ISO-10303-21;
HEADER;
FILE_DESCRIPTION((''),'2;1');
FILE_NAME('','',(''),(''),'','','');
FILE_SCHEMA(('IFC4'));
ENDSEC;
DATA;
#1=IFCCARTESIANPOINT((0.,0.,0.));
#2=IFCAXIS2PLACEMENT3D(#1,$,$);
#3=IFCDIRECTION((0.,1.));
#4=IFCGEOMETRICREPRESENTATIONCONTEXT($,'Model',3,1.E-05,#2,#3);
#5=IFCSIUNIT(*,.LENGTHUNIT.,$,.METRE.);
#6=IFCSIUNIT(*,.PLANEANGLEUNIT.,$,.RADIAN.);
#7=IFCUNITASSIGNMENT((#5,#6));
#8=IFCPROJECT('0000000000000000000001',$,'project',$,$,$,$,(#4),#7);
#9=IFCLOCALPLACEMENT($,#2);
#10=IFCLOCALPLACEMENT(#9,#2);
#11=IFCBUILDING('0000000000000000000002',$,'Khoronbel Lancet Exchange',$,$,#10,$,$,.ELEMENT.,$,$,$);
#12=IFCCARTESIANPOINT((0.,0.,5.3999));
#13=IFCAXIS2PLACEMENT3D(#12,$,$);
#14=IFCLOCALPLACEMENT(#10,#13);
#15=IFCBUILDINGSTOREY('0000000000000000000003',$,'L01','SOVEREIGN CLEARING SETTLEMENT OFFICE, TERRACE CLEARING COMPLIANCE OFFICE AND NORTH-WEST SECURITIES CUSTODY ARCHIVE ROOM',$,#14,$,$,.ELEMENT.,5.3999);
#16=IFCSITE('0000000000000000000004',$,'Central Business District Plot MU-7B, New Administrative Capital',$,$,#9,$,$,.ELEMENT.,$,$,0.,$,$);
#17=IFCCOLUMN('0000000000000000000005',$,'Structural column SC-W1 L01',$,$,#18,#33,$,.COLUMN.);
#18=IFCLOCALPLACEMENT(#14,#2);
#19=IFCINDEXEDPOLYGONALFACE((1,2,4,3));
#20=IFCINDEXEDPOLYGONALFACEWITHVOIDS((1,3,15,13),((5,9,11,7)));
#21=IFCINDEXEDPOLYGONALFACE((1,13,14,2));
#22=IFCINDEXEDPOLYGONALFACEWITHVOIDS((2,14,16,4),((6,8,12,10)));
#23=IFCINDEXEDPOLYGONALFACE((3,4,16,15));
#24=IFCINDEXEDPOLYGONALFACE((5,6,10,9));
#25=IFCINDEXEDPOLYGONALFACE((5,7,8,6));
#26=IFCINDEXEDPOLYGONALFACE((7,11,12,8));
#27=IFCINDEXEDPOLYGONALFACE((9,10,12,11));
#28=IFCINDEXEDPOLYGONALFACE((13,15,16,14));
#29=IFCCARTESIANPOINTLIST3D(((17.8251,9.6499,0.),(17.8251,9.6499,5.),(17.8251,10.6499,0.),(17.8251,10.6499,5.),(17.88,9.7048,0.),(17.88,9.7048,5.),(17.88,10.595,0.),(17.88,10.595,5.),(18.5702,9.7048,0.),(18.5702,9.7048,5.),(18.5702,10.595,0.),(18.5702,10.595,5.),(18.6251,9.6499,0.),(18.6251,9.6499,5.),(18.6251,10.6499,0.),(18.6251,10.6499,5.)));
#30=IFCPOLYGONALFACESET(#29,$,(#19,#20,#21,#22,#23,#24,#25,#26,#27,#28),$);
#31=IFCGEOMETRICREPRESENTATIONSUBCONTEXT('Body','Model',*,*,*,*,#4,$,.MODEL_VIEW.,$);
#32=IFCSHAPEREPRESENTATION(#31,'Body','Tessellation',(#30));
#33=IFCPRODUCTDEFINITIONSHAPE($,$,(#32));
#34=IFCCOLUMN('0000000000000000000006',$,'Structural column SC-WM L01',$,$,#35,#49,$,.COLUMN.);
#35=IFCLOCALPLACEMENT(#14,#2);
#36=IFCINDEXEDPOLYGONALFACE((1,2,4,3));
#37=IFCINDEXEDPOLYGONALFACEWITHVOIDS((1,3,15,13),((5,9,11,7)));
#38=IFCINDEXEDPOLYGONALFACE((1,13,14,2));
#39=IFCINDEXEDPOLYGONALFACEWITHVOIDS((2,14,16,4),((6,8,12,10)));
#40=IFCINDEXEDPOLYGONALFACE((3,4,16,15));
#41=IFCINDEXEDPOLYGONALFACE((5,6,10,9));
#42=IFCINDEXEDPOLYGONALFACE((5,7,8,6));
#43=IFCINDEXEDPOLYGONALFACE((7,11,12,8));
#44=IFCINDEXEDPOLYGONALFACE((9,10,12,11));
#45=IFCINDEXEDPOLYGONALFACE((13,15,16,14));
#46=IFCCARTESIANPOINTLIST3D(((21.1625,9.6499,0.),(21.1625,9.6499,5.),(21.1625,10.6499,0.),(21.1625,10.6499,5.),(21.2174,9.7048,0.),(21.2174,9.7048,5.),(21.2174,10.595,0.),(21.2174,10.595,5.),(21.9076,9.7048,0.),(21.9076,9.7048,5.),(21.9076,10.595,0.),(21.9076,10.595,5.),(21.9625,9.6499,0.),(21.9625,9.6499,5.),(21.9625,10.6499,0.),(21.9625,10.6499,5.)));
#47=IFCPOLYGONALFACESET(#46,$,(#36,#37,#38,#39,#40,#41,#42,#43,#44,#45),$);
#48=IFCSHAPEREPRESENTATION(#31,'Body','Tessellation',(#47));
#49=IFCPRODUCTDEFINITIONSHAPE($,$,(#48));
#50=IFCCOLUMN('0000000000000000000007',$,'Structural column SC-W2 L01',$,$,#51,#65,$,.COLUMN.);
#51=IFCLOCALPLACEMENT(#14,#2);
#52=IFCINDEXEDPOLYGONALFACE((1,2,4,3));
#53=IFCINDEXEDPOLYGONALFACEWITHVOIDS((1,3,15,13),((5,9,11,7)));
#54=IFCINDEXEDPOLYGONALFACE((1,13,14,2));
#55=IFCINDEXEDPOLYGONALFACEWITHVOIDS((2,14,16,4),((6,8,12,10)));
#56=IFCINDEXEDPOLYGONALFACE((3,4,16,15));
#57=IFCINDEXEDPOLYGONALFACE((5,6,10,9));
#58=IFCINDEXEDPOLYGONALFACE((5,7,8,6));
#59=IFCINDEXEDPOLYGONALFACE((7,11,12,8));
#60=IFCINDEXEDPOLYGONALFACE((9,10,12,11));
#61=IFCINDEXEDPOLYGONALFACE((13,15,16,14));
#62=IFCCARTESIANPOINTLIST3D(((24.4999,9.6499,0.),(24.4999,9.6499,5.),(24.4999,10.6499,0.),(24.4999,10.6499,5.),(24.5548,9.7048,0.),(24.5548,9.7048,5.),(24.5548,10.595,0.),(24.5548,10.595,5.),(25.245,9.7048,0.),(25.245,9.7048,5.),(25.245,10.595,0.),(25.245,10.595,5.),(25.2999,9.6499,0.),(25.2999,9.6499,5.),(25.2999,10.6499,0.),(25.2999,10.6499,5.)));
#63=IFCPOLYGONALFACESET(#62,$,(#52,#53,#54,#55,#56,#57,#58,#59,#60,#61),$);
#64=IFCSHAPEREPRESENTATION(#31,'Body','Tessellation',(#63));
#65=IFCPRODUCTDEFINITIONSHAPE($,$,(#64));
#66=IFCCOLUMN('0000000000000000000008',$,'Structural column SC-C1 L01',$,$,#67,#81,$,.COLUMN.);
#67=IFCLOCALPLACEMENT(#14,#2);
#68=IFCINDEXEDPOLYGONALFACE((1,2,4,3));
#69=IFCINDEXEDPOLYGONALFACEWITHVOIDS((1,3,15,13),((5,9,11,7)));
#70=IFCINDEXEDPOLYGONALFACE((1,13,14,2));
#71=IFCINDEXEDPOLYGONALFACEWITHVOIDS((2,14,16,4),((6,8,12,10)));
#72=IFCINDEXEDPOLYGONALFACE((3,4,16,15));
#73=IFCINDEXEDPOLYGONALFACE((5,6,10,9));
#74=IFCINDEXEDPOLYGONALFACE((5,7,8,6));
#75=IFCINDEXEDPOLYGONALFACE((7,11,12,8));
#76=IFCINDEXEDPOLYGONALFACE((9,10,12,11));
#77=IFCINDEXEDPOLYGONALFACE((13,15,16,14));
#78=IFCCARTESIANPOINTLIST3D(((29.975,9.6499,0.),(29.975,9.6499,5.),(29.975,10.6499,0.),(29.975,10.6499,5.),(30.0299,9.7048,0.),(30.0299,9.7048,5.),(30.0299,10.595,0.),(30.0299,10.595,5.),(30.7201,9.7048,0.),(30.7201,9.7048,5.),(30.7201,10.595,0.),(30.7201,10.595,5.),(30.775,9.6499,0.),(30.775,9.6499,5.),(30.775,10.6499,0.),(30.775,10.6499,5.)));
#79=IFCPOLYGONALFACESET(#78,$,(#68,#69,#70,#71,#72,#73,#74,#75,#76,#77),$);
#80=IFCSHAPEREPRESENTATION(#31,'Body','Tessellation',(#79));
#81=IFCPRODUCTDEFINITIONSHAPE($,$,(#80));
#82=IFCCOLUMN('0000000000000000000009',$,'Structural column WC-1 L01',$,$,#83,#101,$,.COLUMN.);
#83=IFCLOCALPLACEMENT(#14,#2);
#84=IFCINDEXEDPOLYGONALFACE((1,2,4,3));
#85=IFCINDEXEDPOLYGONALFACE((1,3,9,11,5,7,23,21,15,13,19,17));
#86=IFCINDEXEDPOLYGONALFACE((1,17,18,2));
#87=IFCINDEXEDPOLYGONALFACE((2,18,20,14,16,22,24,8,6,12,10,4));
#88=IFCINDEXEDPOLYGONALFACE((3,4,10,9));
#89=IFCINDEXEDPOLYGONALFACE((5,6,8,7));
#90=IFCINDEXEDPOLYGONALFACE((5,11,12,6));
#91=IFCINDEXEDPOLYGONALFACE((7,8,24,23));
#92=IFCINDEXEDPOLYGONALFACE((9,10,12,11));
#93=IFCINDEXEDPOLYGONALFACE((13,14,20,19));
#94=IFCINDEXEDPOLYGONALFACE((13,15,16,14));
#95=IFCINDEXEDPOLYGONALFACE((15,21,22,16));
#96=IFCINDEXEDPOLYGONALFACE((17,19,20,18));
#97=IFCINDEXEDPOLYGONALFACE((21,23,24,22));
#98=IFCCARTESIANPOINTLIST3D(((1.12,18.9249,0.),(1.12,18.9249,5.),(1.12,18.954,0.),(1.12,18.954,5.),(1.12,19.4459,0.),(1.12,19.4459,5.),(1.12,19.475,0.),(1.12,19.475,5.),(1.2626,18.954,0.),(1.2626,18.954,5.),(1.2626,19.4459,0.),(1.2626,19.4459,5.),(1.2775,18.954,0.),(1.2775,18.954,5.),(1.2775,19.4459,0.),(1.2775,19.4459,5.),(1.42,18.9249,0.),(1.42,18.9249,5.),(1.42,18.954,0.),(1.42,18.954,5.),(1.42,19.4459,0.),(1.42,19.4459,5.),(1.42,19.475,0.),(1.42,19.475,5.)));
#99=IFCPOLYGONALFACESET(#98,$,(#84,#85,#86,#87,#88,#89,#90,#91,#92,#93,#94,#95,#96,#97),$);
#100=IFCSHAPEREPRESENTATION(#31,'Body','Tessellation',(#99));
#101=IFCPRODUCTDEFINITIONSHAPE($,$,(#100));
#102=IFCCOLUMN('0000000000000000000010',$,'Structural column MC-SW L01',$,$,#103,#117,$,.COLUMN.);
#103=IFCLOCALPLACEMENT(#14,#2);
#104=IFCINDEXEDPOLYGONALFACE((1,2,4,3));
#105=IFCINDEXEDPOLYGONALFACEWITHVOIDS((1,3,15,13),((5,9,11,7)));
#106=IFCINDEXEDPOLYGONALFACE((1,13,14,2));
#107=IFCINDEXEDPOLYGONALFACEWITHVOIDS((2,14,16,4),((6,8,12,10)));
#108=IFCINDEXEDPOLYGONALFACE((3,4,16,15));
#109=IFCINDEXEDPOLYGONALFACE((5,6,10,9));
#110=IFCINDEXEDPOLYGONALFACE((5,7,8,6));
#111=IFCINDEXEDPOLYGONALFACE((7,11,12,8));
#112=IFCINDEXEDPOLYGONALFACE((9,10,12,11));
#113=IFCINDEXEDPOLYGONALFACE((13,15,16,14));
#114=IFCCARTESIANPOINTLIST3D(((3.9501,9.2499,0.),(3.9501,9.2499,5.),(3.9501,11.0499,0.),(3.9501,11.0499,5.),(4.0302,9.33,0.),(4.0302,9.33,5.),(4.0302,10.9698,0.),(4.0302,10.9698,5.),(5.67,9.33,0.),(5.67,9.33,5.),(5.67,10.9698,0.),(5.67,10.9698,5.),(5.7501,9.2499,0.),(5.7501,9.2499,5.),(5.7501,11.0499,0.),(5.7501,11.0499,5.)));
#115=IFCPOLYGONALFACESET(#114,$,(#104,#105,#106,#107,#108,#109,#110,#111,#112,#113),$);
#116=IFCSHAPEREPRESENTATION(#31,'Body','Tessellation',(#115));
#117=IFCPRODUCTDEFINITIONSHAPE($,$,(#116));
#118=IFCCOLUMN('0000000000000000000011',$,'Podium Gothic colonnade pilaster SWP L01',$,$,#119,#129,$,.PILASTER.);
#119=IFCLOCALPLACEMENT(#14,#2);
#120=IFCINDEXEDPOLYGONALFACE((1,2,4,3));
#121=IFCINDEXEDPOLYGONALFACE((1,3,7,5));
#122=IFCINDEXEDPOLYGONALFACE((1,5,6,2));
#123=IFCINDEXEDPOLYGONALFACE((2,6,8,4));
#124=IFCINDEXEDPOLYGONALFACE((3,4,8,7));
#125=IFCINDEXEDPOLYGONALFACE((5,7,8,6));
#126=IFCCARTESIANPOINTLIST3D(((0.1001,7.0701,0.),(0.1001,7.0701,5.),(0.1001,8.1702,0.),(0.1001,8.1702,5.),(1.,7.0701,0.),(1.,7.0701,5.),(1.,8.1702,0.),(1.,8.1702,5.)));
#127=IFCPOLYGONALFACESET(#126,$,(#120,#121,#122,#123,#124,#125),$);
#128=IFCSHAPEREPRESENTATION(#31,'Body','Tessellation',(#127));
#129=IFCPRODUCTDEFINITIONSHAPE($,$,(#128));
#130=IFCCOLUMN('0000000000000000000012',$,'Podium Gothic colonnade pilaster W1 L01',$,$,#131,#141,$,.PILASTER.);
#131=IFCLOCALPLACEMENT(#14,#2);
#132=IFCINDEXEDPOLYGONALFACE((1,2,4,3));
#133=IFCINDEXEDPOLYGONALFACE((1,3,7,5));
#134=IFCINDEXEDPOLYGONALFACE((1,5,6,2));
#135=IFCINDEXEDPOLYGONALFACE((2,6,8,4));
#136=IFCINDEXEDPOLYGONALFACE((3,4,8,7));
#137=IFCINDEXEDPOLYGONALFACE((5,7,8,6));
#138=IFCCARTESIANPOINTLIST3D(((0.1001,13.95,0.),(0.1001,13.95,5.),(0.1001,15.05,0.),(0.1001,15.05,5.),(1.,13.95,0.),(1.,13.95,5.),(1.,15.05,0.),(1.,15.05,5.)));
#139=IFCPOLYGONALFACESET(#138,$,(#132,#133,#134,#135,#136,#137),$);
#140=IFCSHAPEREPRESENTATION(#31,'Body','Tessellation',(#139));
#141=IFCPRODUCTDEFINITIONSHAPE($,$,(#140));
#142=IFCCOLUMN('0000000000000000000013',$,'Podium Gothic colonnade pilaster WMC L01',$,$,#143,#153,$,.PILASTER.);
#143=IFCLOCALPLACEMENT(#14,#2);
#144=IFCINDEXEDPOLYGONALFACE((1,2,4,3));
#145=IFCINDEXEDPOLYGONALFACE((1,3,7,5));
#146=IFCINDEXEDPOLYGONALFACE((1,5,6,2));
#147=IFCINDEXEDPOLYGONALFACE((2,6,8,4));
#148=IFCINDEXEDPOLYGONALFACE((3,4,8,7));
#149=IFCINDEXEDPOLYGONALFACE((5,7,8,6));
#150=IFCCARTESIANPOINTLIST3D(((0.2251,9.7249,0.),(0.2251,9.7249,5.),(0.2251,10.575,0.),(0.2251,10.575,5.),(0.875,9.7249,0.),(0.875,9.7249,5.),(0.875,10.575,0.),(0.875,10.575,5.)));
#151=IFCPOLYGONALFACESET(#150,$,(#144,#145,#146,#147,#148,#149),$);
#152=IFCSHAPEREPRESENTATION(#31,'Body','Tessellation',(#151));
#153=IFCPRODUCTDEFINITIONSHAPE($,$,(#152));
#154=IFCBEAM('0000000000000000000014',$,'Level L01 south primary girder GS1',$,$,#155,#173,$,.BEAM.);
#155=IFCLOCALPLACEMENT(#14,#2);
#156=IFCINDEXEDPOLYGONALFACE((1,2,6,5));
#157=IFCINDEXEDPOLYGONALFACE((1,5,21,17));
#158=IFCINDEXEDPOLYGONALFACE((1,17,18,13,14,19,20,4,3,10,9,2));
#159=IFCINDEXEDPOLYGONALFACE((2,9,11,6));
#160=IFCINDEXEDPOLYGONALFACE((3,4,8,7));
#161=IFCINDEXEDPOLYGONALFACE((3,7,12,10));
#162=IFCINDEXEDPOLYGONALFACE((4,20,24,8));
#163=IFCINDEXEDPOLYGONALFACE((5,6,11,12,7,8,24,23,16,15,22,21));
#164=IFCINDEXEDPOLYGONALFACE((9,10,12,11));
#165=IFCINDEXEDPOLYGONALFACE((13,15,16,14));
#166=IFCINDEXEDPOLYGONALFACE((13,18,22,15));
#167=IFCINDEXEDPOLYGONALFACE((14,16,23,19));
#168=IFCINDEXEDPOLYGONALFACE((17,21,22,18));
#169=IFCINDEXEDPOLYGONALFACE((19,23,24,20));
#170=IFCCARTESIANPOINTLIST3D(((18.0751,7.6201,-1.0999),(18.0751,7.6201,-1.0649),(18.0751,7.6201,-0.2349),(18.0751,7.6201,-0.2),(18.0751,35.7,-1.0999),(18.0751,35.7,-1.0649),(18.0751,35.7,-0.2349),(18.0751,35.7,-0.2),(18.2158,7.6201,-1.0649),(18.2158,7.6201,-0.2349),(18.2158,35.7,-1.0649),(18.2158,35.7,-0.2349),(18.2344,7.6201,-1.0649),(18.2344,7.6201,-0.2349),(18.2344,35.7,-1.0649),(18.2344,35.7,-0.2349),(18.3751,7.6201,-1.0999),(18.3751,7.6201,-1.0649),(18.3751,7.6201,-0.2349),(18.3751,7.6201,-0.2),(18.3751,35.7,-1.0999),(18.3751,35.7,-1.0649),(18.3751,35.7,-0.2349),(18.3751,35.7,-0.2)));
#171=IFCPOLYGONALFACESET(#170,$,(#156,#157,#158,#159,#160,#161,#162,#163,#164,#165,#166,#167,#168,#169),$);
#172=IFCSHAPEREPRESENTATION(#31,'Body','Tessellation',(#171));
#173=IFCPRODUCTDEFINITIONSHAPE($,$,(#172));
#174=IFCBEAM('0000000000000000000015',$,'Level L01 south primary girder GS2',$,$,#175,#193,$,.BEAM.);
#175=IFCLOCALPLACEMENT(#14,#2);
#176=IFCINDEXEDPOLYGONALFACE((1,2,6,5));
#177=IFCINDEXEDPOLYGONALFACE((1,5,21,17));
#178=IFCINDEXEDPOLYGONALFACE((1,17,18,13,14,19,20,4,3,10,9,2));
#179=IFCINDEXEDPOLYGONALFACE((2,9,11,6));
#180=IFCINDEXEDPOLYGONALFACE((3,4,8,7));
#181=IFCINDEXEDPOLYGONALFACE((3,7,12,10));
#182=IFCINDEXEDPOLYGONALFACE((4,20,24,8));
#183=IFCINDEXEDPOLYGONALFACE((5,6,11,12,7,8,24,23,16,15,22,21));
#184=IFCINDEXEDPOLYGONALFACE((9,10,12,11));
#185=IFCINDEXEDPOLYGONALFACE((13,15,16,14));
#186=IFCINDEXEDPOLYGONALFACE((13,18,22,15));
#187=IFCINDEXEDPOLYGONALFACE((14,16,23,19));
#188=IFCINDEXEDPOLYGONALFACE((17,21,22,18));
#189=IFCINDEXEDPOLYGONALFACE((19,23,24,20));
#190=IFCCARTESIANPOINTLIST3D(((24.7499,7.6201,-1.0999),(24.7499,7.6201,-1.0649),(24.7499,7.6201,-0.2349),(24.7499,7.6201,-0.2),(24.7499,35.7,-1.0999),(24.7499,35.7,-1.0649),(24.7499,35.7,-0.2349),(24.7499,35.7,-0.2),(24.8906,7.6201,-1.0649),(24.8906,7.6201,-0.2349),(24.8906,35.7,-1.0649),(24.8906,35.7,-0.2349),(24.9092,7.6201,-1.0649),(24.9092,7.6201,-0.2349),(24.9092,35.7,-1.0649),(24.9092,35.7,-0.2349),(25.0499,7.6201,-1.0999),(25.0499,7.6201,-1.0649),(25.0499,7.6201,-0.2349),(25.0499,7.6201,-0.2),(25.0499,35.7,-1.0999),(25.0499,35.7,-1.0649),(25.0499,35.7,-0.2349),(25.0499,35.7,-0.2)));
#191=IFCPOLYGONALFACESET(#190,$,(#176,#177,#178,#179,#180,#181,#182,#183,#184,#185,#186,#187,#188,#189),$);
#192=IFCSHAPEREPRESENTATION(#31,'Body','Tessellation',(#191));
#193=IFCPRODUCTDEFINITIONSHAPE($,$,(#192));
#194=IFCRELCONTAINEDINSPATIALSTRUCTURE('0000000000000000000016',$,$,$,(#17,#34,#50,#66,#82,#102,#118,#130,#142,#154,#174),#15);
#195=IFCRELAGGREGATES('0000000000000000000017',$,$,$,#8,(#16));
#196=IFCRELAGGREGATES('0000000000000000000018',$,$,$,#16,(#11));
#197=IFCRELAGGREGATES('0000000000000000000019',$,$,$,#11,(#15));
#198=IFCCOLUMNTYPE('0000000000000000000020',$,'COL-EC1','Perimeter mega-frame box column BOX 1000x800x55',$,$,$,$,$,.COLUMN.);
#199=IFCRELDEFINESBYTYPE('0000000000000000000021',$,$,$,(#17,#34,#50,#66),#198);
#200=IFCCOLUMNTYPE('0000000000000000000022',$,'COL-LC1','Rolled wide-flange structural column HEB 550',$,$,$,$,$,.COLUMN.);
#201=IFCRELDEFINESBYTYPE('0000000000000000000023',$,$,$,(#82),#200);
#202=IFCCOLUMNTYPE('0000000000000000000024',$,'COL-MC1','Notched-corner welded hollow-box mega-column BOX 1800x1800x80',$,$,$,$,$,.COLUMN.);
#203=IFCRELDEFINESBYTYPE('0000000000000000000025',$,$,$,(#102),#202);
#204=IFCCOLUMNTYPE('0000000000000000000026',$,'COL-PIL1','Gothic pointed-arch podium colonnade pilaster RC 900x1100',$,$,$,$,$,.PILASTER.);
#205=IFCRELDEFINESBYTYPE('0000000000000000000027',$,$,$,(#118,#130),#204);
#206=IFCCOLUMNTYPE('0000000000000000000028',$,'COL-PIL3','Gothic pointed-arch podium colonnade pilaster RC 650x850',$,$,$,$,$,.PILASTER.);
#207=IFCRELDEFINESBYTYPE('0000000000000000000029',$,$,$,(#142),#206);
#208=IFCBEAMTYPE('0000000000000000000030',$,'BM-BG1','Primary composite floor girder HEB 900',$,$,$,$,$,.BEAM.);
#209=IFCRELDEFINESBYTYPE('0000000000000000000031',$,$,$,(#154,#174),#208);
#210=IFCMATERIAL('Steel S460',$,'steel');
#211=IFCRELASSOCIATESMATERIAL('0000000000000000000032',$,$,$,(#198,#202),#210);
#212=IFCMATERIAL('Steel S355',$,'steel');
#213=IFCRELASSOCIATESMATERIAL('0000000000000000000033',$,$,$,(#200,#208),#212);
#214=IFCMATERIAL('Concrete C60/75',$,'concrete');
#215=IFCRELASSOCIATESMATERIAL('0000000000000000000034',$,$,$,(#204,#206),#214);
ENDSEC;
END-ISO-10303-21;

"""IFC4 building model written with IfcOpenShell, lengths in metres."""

from ifc_helpers import new_model, si_unit, direction, frame, origin, origin_2d, place, context, subcontext, project, spatial, rectangle, hollow_rectangle, i_section, extrude, material, material_profile, profile_set, type_object, element, save


model = new_model("IFC4")

# Units and contexts
model_context = context("Model", 3, precision=1e-05, world=origin(), true_north=direction((0.0, 1.0)))
body_context = subcontext(model_context, "Body", "Model", "MODEL_VIEW")
ifc_project = project(units=[si_unit("LENGTHUNIT", "METRE"), si_unit("PLANEANGLEUNIT", "RADIAN")], contexts=[model_context])

# Site, building, storey
site_placement = place(None, origin())
site = spatial("IfcSite", under=ifc_project, at=site_placement, Name="Central Business District Plot MU-7B, New Administrative Capital", CompositionType="ELEMENT", RefElevation=0.0)
building_placement = place(site_placement, origin())
building = spatial("IfcBuilding", under=site, at=building_placement, Name="Khoronbel Lancet Exchange", CompositionType="ELEMENT")
storey_placement = place(building_placement, frame((0.0, 0.0, 5.3999)))
storey = spatial("IfcBuildingStorey", under=building, at=storey_placement, Name="L01", Description="SOVEREIGN CLEARING SETTLEMENT OFFICE, TERRACE CLEARING COMPLIANCE OFFICE AND NORTH-WEST SECURITIES CUSTODY ARCHIVE ROOM", CompositionType="ELEMENT", Elevation=5.3999)

# Columns
ifc_material_1 = material(Name="Steel S460", Category="steel")
ifc_material_profile_1 = material_profile(ifc_material_1, hollow_rectangle(XDim=0.8, YDim=1.0, WallThickness=0.0549, at=origin_2d()), Name="BOX 1000x800x55")
ifc_profile_set_1 = profile_set([ifc_material_profile_1], Name="Steel S460")
column_type_1 = type_object("IfcColumnType", Name="COL-EC1", Description="Perimeter mega-frame box column BOX 1000x800x55", PredefinedType="COLUMN", material=ifc_profile_set_1)
for number, where, z_axis, x_axis, name in (
    (1, (18.2251, 10.1499, 0.0), (0.0, 0.0, 1.0), (1.0, 0.0, 0.0), "Structural column SC-W1 L01"),
    (2, (21.5625, 10.1499, 0.0), (0.0, 0.0, 1.0), (1.0, 0.0, 0.0), "Structural column SC-WM L01"),
    (3, (24.8999, 10.1499, 0.0), (0.0, 0.0, 1.0), (1.0, 0.0, 0.0), "Structural column SC-W2 L01"),
    (4, (30.375, 10.1499, 0.0), (0.0, 0.0, 1.0), (1.0, 0.0, 0.0), "Structural column SC-C1 L01"),
):
    element("IfcColumn", number, at=place(storey_placement, frame(where, z_axis=z_axis, x_axis=x_axis)), inside=storey, type_object=column_type_1, Name=name, PredefinedType="COLUMN", context=body_context, shape_type="SweptSolid", body=[
        extrude(hollow_rectangle(XDim=0.8, YDim=1.0, WallThickness=0.0549, at=origin_2d()), origin(), (0.0, 0.0, 1.0), 5.0),
    ])
ifc_material_2 = material(Name="Steel S355", Category="steel")
ifc_material_profile_2 = material_profile(ifc_material_2, i_section(OverallWidth=0.3, OverallDepth=0.55, WebThickness=0.0149, FlangeThickness=0.0291, at=origin_2d()), Name="HEB 550")
ifc_profile_set_2 = profile_set([ifc_material_profile_2], Name="Steel S355")
column_type_2 = type_object("IfcColumnType", Name="COL-LC1", Description="Rolled wide-flange structural column HEB 550", PredefinedType="COLUMN", material=ifc_profile_set_2)
column_1_placement = place(storey_placement, frame((1.27, 19.2, 0.0), z_axis=(0.0, 0.0, 1.0), x_axis=(1.0, 0.0, 0.0)))
element("IfcColumn", 5, at=column_1_placement, inside=storey, type_object=column_type_2, Name="Structural column WC-1 L01", PredefinedType="COLUMN", context=body_context, shape_type="SweptSolid", body=[
    extrude(i_section(OverallWidth=0.3, OverallDepth=0.55, WebThickness=0.0149, FlangeThickness=0.0291, at=origin_2d()), origin(), (0.0, 0.0, 1.0), 5.0),
])
ifc_material_profile_3 = material_profile(ifc_material_1, hollow_rectangle(XDim=1.8, YDim=1.8, WallThickness=0.0801, at=origin_2d()), Name="BOX 1800x1800x80")
ifc_profile_set_3 = profile_set([ifc_material_profile_3], Name="Steel S460")
column_type_3 = type_object("IfcColumnType", Name="COL-MC1", Description="Notched-corner welded hollow-box mega-column BOX 1800x1800x80", PredefinedType="COLUMN", material=ifc_profile_set_3)
column_2_placement = place(storey_placement, frame((4.8501, 10.1499, 0.0), z_axis=(0.0, 0.0, 1.0), x_axis=(1.0, 0.0, 0.0)))
element("IfcColumn", 6, at=column_2_placement, inside=storey, type_object=column_type_3, Name="Structural column MC-SW L01", PredefinedType="COLUMN", context=body_context, shape_type="SweptSolid", body=[
    extrude(hollow_rectangle(XDim=1.8, YDim=1.8, WallThickness=0.0801, at=origin_2d()), origin(), (0.0, 0.0, 1.0), 5.0),
])
ifc_material_3 = material(Name="Concrete C60/75", Category="concrete")
ifc_material_profile_4 = material_profile(ifc_material_3, rectangle(XDim=0.8999, YDim=1.1001, at=origin_2d()), Name="RC 900x1100")
ifc_profile_set_4 = profile_set([ifc_material_profile_4], Name="Concrete C60/75")
column_type_4 = type_object("IfcColumnType", Name="COL-PIL1", Description="Gothic pointed-arch podium colonnade pilaster RC 900x1100", PredefinedType="PILASTER", material=ifc_profile_set_4)
for number, where, z_axis, x_axis, name in (
    (7, (0.55, 7.6201, 0.0), (0.0, 0.0, 1.0), (1.0, 0.0, 0.0), "Podium Gothic colonnade pilaster SWP L01"),
    (8, (0.55, 14.5, 0.0), (0.0, 0.0, 1.0), (1.0, 0.0, 0.0), "Podium Gothic colonnade pilaster W1 L01"),
):
    element("IfcColumn", number, at=place(storey_placement, frame(where, z_axis=z_axis, x_axis=x_axis)), inside=storey, type_object=column_type_4, Name=name, PredefinedType="PILASTER", context=body_context, shape_type="SweptSolid", body=[
        extrude(rectangle(XDim=0.8999, YDim=1.1001, at=origin_2d()), origin(), (0.0, 0.0, 1.0), 5.0),
    ])
ifc_material_profile_5 = material_profile(ifc_material_3, rectangle(XDim=0.6499, YDim=0.8501, at=origin_2d()), Name="RC 650x850")
ifc_profile_set_5 = profile_set([ifc_material_profile_5], Name="Concrete C60/75")
column_type_5 = type_object("IfcColumnType", Name="COL-PIL3", Description="Gothic pointed-arch podium colonnade pilaster RC 650x850", PredefinedType="PILASTER", material=ifc_profile_set_5)
column_3_placement = place(storey_placement, frame((0.55, 10.1499, 0.0), z_axis=(0.0, 0.0, 1.0), x_axis=(1.0, 0.0, 0.0)))
element("IfcColumn", 9, at=column_3_placement, inside=storey, type_object=column_type_5, Name="Podium Gothic colonnade pilaster WMC L01", PredefinedType="PILASTER", context=body_context, shape_type="SweptSolid", body=[
    extrude(rectangle(XDim=0.6499, YDim=0.8501, at=origin_2d()), origin(), (0.0, 0.0, 1.0), 5.0),
])

# Beams
ifc_material_profile_6 = material_profile(ifc_material_2, i_section(OverallWidth=0.3, OverallDepth=0.8999, WebThickness=0.0186, FlangeThickness=0.0349, at=origin_2d()), Name="HEB 900")
ifc_profile_set_6 = profile_set([ifc_material_profile_6], Name="Steel S355")
beam_type_1 = type_object("IfcBeamType", Name="BM-BG1", Description="Primary composite floor girder HEB 900", PredefinedType="BEAM", material=ifc_profile_set_6)
for number, where, z_axis, x_axis, name in (
    (10, (18.2251, 7.6201, -0.6499), (0.0, 1.0, 0.0), (-1.0, 0.0, 0.0), "Level L01 south primary girder GS1"),
    (11, (24.8999, 7.6201, -0.6499), (0.0, 1.0, 0.0), (-1.0, 0.0, 0.0), "Level L01 south primary girder GS2"),
):
    element("IfcBeam", number, at=place(storey_placement, frame(where, z_axis=z_axis, x_axis=x_axis)), inside=storey, type_object=beam_type_1, Name=name, PredefinedType="BEAM", context=body_context, shape_type="SweptSolid", body=[
        extrude(i_section(OverallWidth=0.3, OverallDepth=0.8999, WebThickness=0.0186, FlangeThickness=0.0349, at=origin_2d()), origin(), (0.0, 0.0, 1.0), 28.0798),
    ])

save(model, "model.ifc")
